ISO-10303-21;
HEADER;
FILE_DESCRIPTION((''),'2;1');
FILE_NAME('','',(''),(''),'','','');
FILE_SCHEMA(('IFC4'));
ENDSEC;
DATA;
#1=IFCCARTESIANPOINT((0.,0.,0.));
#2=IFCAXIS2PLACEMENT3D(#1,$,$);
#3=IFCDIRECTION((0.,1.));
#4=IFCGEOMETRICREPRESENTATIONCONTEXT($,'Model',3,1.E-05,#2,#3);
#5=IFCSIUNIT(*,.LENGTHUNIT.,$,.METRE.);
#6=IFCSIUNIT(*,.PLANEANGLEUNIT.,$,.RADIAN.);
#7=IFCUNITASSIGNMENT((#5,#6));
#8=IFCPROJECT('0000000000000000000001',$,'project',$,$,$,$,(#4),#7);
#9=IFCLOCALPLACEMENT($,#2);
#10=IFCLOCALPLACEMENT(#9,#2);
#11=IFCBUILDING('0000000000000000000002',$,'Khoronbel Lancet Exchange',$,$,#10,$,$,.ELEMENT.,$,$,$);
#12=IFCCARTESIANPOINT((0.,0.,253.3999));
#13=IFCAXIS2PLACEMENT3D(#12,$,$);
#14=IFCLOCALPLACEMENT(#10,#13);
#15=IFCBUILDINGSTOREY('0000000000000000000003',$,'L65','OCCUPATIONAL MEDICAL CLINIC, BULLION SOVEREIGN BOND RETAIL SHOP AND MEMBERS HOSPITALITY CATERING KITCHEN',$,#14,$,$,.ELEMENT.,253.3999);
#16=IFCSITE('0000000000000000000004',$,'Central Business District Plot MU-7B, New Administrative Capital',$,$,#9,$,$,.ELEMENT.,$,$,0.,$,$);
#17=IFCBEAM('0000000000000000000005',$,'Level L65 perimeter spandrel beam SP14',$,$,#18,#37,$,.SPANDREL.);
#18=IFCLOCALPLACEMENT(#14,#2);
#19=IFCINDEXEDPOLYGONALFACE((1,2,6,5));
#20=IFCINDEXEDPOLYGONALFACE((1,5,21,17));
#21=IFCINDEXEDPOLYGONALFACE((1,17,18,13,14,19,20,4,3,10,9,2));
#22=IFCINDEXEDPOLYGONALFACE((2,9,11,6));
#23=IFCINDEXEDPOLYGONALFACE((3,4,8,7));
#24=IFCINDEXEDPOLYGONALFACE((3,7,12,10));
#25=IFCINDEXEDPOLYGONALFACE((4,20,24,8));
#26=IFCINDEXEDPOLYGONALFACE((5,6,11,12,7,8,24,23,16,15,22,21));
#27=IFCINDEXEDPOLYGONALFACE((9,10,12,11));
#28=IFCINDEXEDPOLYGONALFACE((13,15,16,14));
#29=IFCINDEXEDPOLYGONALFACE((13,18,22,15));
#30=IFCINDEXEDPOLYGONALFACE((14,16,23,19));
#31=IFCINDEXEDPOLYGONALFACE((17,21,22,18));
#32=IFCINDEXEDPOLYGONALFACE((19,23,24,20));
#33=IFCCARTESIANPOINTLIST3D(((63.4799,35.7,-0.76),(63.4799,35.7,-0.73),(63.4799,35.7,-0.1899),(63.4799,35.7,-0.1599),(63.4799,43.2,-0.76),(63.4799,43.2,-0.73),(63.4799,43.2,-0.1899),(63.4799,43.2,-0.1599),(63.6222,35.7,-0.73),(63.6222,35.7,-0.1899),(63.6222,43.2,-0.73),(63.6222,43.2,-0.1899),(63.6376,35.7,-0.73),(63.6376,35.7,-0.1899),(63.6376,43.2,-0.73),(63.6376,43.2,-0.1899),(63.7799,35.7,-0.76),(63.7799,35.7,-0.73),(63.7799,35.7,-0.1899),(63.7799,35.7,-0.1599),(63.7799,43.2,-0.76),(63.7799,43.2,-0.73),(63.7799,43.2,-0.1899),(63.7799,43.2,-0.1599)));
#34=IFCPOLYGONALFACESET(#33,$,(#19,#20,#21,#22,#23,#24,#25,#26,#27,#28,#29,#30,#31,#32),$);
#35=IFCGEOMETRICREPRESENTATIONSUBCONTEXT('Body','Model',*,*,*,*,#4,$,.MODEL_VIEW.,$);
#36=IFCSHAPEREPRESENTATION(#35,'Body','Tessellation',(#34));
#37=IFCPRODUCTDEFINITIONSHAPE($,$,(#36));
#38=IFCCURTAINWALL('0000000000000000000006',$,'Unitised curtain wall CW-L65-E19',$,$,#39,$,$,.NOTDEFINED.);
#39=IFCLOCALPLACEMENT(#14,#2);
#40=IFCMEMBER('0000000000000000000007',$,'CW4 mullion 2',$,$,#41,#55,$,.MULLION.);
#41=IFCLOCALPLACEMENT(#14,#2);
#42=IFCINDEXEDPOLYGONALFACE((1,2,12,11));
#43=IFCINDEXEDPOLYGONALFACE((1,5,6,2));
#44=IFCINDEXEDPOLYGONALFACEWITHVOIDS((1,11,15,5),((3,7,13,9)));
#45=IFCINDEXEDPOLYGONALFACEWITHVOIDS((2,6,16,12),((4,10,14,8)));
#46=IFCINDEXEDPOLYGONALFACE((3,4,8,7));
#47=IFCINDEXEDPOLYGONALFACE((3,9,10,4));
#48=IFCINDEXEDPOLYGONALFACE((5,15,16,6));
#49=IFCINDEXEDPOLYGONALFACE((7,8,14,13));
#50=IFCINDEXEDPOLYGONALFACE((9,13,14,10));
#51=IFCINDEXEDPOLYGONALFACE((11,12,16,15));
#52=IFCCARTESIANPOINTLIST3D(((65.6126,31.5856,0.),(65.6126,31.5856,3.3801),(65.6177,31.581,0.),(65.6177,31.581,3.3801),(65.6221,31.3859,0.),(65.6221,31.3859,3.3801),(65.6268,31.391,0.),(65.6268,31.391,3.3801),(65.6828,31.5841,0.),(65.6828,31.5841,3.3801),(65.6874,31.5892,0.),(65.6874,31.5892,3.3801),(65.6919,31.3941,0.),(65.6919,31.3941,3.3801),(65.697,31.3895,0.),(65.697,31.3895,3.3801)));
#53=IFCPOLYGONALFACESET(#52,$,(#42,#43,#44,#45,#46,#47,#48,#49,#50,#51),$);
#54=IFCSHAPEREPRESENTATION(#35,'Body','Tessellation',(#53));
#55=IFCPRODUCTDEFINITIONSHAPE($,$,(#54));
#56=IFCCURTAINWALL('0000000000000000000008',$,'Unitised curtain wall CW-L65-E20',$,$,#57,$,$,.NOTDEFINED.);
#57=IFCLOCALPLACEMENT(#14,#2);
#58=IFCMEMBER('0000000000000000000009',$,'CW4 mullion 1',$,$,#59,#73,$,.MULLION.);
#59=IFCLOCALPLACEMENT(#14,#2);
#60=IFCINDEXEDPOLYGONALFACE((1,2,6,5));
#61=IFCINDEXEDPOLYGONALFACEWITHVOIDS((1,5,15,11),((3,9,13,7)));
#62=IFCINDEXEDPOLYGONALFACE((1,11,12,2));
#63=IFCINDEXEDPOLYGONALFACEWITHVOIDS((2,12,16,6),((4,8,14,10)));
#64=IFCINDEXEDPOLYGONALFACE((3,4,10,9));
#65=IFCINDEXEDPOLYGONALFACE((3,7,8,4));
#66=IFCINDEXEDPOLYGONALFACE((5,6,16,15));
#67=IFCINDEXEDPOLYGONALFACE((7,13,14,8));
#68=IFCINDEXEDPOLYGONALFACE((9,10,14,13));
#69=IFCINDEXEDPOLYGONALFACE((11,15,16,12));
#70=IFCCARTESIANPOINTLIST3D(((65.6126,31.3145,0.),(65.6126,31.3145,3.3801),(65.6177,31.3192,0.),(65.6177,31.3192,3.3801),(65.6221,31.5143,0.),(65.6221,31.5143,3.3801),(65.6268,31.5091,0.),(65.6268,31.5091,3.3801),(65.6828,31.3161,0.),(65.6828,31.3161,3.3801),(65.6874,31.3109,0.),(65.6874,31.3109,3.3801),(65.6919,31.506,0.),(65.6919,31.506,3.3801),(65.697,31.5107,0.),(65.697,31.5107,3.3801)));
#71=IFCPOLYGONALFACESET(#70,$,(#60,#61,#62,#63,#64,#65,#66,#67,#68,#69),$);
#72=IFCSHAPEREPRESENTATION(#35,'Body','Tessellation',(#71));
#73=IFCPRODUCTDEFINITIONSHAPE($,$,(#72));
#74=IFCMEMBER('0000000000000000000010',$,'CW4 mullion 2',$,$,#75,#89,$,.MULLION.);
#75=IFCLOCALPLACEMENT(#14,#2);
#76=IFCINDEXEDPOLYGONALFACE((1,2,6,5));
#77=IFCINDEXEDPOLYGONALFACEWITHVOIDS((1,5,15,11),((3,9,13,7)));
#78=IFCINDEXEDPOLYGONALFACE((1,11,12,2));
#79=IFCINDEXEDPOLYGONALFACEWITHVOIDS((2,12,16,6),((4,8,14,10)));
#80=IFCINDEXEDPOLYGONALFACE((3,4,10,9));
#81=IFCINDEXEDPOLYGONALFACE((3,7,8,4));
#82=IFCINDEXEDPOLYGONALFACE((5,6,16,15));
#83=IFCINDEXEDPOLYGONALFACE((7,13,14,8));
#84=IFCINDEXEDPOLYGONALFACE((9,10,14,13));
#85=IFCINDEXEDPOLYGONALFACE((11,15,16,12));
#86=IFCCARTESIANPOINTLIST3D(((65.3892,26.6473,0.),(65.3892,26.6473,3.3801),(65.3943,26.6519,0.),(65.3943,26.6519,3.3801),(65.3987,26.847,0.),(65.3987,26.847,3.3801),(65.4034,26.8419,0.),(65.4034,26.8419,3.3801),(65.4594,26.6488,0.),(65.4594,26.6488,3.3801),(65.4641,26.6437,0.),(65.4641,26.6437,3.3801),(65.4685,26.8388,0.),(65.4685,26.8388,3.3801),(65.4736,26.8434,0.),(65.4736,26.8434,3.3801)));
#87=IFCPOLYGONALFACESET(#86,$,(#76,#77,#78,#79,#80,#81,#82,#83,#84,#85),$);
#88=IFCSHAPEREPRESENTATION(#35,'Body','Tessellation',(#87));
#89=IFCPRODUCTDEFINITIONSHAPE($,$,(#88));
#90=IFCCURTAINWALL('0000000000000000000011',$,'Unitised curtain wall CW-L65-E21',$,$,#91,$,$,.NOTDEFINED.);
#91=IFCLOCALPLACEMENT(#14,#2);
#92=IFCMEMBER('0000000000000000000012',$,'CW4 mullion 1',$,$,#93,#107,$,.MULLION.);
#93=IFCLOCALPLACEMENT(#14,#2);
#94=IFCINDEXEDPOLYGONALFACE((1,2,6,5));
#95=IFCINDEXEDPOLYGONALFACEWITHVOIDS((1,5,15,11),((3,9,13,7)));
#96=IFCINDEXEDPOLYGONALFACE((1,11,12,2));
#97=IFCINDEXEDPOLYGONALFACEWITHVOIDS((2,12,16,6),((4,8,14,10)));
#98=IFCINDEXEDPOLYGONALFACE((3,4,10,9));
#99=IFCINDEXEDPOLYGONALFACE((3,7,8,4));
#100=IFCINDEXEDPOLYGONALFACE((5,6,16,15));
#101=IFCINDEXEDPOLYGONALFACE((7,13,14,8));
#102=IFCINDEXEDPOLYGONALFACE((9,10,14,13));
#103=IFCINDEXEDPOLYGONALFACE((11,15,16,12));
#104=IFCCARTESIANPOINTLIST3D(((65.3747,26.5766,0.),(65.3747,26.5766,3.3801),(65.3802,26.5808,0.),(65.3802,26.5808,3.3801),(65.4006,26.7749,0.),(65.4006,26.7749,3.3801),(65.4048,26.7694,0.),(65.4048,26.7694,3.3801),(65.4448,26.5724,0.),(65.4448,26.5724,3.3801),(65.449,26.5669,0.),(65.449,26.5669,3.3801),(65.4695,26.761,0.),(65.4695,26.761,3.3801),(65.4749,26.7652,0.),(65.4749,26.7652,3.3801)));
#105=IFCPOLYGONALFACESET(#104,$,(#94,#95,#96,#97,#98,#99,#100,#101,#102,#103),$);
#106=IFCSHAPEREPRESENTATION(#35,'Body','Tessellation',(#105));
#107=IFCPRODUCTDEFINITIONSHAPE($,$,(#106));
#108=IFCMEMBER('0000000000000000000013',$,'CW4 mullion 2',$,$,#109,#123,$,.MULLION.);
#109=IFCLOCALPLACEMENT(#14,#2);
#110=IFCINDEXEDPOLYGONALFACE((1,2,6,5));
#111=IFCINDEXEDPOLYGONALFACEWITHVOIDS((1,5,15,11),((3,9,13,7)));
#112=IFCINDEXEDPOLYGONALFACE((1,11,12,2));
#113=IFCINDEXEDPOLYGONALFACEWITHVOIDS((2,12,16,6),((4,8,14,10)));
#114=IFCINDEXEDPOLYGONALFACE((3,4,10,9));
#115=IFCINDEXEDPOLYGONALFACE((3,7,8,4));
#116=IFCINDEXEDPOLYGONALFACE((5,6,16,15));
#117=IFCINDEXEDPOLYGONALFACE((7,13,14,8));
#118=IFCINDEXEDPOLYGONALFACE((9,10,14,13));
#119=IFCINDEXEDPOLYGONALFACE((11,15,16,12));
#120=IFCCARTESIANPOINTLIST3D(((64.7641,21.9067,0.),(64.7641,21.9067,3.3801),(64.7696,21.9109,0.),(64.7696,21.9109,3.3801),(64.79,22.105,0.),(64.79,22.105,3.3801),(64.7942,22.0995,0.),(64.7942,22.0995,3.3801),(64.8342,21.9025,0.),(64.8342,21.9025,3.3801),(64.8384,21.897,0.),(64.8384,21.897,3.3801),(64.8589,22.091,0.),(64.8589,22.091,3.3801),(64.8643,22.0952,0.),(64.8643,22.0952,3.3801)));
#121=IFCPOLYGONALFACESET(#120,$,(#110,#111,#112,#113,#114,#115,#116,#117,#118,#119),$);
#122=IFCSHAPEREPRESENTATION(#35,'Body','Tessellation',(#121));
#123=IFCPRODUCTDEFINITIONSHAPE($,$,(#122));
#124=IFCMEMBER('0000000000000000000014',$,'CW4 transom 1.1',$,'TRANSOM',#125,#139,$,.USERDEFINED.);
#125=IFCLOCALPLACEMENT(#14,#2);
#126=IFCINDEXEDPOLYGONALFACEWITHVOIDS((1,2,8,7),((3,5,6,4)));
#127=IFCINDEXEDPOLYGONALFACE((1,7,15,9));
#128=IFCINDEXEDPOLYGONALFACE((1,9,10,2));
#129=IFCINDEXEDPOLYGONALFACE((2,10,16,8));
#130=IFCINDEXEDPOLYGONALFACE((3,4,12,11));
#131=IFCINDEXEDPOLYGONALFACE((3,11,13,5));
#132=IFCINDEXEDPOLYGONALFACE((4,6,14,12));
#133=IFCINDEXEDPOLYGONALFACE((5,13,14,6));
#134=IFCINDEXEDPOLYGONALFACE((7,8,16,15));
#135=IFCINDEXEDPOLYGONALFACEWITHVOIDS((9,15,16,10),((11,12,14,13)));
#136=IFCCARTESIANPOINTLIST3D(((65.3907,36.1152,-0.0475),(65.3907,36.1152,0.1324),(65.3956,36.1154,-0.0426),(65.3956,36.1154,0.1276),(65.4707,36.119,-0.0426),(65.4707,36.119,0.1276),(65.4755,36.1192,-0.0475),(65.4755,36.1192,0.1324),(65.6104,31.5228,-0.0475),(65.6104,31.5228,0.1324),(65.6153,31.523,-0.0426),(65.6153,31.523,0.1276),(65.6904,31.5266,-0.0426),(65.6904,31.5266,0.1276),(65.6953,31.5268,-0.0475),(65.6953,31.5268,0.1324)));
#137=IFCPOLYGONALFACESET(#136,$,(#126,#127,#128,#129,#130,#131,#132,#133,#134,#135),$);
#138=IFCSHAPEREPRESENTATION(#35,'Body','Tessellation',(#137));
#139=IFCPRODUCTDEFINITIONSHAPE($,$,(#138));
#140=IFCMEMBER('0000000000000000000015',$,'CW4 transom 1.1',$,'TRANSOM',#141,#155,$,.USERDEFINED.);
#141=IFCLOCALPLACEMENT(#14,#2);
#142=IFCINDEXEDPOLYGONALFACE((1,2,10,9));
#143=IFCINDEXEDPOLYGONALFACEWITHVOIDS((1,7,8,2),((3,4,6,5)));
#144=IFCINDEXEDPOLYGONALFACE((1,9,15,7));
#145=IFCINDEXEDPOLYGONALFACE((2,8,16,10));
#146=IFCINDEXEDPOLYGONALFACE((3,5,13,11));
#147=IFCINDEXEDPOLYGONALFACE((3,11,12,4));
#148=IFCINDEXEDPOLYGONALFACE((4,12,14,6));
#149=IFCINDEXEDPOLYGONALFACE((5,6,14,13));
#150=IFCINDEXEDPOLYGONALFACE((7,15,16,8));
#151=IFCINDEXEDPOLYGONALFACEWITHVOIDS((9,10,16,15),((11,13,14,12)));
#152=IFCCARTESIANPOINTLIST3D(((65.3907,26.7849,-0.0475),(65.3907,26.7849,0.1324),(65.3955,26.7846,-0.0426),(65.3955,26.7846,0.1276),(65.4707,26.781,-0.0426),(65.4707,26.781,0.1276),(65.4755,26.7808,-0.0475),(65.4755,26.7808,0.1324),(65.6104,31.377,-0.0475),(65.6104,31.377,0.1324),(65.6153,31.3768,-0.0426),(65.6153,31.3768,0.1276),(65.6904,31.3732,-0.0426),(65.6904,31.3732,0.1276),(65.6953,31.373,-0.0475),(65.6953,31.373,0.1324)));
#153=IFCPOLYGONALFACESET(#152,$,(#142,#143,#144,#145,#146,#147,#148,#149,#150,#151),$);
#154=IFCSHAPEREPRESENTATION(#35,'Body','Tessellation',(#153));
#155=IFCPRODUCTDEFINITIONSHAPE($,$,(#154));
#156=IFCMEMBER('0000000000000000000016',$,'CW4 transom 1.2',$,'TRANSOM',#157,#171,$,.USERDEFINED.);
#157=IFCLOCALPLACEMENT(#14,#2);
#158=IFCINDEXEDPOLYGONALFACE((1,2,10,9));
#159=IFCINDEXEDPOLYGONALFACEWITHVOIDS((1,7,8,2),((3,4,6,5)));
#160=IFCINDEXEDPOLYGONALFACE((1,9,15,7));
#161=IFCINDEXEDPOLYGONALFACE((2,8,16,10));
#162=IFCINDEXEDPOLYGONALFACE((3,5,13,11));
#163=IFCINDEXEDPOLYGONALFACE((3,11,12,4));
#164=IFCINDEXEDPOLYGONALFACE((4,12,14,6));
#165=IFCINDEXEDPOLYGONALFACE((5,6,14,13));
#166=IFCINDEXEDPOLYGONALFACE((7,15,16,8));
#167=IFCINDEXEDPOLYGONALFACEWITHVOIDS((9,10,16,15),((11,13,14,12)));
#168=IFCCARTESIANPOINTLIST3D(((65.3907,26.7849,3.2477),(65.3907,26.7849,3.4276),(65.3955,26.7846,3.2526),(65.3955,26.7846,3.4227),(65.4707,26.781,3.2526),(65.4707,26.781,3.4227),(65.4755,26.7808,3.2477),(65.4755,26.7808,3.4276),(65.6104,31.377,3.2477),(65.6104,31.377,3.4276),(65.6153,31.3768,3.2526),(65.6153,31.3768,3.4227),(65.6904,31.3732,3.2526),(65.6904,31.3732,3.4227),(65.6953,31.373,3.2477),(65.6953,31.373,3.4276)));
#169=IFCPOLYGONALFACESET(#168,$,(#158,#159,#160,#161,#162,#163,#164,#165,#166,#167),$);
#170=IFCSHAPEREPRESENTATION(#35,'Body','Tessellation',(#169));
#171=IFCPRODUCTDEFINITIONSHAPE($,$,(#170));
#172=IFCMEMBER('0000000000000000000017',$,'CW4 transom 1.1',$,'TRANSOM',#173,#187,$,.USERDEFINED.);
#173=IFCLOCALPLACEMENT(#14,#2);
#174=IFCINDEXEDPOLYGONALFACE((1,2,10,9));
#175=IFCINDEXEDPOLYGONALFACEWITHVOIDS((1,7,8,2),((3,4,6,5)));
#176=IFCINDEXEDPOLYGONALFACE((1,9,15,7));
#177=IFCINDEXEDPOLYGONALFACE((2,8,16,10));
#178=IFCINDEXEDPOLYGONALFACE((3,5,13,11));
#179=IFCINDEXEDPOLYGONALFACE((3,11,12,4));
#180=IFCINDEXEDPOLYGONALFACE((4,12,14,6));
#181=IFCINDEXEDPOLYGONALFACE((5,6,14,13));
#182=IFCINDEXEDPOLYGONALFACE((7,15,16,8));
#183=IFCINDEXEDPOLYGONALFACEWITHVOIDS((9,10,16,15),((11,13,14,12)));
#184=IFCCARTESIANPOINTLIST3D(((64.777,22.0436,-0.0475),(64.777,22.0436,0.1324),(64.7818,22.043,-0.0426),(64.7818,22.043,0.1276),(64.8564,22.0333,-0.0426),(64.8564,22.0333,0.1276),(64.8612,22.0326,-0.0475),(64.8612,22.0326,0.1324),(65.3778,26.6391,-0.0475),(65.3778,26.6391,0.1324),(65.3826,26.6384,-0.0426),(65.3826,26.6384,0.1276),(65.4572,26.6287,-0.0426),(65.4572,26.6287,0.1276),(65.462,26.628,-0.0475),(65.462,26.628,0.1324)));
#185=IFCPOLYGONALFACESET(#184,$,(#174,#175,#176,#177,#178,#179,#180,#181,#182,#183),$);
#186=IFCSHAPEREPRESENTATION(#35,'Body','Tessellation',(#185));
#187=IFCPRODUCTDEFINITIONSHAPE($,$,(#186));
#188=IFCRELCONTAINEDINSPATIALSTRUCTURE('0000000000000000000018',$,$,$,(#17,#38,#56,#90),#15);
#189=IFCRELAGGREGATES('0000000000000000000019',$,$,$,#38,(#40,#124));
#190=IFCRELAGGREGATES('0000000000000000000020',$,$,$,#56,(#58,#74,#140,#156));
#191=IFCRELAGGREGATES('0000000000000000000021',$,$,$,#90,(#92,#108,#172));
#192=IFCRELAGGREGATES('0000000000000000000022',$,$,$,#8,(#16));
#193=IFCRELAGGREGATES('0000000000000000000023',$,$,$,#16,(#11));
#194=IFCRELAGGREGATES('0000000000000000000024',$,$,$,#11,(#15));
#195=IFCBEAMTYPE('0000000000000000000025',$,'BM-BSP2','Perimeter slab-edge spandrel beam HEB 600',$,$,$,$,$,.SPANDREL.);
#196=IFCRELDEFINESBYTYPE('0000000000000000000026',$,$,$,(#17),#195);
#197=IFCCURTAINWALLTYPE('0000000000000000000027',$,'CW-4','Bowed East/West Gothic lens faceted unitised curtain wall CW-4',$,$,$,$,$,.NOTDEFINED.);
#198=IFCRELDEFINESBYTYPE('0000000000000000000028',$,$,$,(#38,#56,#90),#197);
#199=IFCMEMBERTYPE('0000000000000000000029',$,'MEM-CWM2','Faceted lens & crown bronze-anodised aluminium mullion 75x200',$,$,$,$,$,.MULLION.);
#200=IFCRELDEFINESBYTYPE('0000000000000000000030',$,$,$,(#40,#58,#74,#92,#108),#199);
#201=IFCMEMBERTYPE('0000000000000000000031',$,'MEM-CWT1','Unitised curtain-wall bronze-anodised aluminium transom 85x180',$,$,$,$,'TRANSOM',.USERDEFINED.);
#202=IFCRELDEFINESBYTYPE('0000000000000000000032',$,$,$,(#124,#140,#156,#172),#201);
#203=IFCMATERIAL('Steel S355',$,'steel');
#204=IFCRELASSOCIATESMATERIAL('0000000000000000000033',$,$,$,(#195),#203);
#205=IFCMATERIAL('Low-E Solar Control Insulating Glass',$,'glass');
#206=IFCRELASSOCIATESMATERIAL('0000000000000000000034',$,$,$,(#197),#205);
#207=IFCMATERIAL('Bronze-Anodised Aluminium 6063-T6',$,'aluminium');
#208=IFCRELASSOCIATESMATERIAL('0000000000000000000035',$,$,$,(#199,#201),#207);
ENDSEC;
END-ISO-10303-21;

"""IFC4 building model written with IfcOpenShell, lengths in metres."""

from ifc_helpers import new_model, si_unit, direction, frame, origin, origin_2d, place, context, subcontext, project, spatial, hollow_rectangle, i_section, extrude, material, material_profile, profile_set, type_object, element, aggregate, save


model = new_model("IFC4")

# Units and contexts
model_context = context("Model", 3, precision=1e-05, world=origin(), true_north=direction((0.0, 1.0)))
body_context = subcontext(model_context, "Body", "Model", "MODEL_VIEW")
ifc_project = project(units=[si_unit("LENGTHUNIT", "METRE"), si_unit("PLANEANGLEUNIT", "RADIAN")], contexts=[model_context])

# Site, building, storey
site_placement = place(None, origin())
site = spatial("IfcSite", under=ifc_project, at=site_placement, Name="Central Business District Plot MU-7B, New Administrative Capital", CompositionType="ELEMENT", RefElevation=0.0)
building_placement = place(site_placement, origin())
building = spatial("IfcBuilding", under=site, at=building_placement, Name="Khoronbel Lancet Exchange", CompositionType="ELEMENT")
storey_placement = place(building_placement, frame((0.0, 0.0, 253.3999)))
storey = spatial("IfcBuildingStorey", under=building, at=storey_placement, Name="L65", Description="OCCUPATIONAL MEDICAL CLINIC, BULLION SOVEREIGN BOND RETAIL SHOP AND MEMBERS HOSPITALITY CATERING KITCHEN", CompositionType="ELEMENT", Elevation=253.3999)

# Shared definitions
ifc_material_1 = material(Name="Steel S355", Category="steel")

# Beam
ifc_material_profile_1 = material_profile(ifc_material_1, i_section(OverallWidth=0.3, OverallDepth=0.6001, WebThickness=0.0154, FlangeThickness=0.03, at=origin_2d()), Name="HEB 600")
ifc_profile_set_1 = profile_set([ifc_material_profile_1], Name="Steel S355")
beam_type_1 = type_object("IfcBeamType", Name="BM-BSP2", Description="Perimeter slab-edge spandrel beam HEB 600", PredefinedType="SPANDREL", material=ifc_profile_set_1)
beam_1_placement = place(storey_placement, frame((63.6299, 35.7, -0.46), z_axis=(0.0, 1.0, 0.0), x_axis=(-1.0, 0.0, 0.0)))
element("IfcBeam", 1, at=beam_1_placement, inside=storey, type_object=beam_type_1, Name="Level L65 perimeter spandrel beam SP14", PredefinedType="SPANDREL", context=body_context, shape_type="SweptSolid", body=[
    extrude(i_section(OverallWidth=0.3, OverallDepth=0.6001, WebThickness=0.0154, FlangeThickness=0.03, at=origin_2d()), origin(), (0.0, 0.0, 1.0), 7.5),
])

# Curtain wall, member
ifc_material_2 = material(Name="Low-E Solar Control Insulating Glass", Category="glass")
curtain_wall_type = type_object("IfcCurtainWallType", Name="CW-4", Description="Bowed East/West Gothic lens faceted unitised curtain wall CW-4", PredefinedType="NOTDEFINED", material=ifc_material_2)
curtain_wall_1_placement = place(storey_placement, origin())
curtain_wall_1 = element("IfcCurtainWall", 2, at=curtain_wall_1_placement, inside=storey, type_object=curtain_wall_type, Name="Unitised curtain wall CW-L65-E19", PredefinedType="NOTDEFINED")
ifc_material_3 = material(Name="Bronze-Anodised Aluminium 6063-T6", Category="aluminium")
ifc_material_profile_2 = material_profile(ifc_material_3, hollow_rectangle(XDim=0.075, YDim=0.2, WallThickness=0.0049, at=origin_2d()), Name="ALU MULLION 75x200")
ifc_profile_set_2 = profile_set([ifc_material_profile_2], Name="Bronze-Anodised Aluminium 6063-T6")
member_type_1 = type_object("IfcMemberType", Name="MEM-CWM2", Description="Faceted lens & crown bronze-anodised aluminium mullion 75x200", PredefinedType="MULLION", material=ifc_profile_set_2)
member_1_placement = place(storey_placement, frame((65.6548, 31.4875, 0.0), z_axis=(0.0, 0.0, 1.0), x_axis=(0.998857, 0.047794, 0.0)))
member_1 = element("IfcMember", 3, at=member_1_placement, type_object=member_type_1, Name="CW4 mullion 2", PredefinedType="MULLION", context=body_context, shape_type="SweptSolid", body=[
    extrude(hollow_rectangle(XDim=0.075, YDim=0.2, WallThickness=0.0049, at=origin_2d()), origin(), (0.0, 0.0, 1.0), 3.3801),
])

# Curtain walls, members
curtain_wall_2_placement = place(storey_placement, origin())
curtain_wall_2 = element("IfcCurtainWall", 4, at=curtain_wall_2_placement, inside=storey, type_object=curtain_wall_type, Name="Unitised curtain wall CW-L65-E20", PredefinedType="NOTDEFINED")
member_2_placement = place(storey_placement, frame((65.6548, 31.4126, 0.0), z_axis=(0.0, 0.0, 1.0), x_axis=(0.998857, -0.047794, 0.0)))
member_2 = element("IfcMember", 5, at=member_2_placement, type_object=member_type_1, Name="CW4 mullion 1", PredefinedType="MULLION", context=body_context, shape_type="SweptSolid", body=[
    extrude(hollow_rectangle(XDim=0.075, YDim=0.2, WallThickness=0.0049, at=origin_2d()), origin(), (0.0, 0.0, 1.0), 3.3801),
])
member_3_placement = place(storey_placement, frame((65.4314, 26.7454, 0.0), z_axis=(0.0, 0.0, 1.0), x_axis=(0.998857, -0.047794, 0.0)))
member_3 = element("IfcMember", 6, at=member_3_placement, type_object=member_type_1, Name="CW4 mullion 2", PredefinedType="MULLION", context=body_context, shape_type="SweptSolid", body=[
    extrude(hollow_rectangle(XDim=0.075, YDim=0.2, WallThickness=0.0049, at=origin_2d()), origin(), (0.0, 0.0, 1.0), 3.3801),
])
curtain_wall_3_placement = place(storey_placement, origin())
curtain_wall_3 = element("IfcCurtainWall", 7, at=curtain_wall_3_placement, inside=storey, type_object=curtain_wall_type, Name="Unitised curtain wall CW-L65-E21", PredefinedType="NOTDEFINED")
member_4_placement = place(storey_placement, frame((65.4248, 26.6709, 0.0), z_axis=(0.0, 0.0, 1.0), x_axis=(0.99156, -0.129646, 0.0)))
member_4 = element("IfcMember", 8, at=member_4_placement, type_object=member_type_1, Name="CW4 mullion 1", PredefinedType="MULLION", context=body_context, shape_type="SweptSolid", body=[
    extrude(hollow_rectangle(XDim=0.075, YDim=0.2, WallThickness=0.0049, at=origin_2d()), origin(), (0.0, 0.0, 1.0), 3.3801),
])
member_5_placement = place(storey_placement, frame((64.8142, 22.001, 0.0), z_axis=(0.0, 0.0, 1.0), x_axis=(0.99156, -0.129646, 0.0)))
member_5 = element("IfcMember", 9, at=member_5_placement, type_object=member_type_1, Name="CW4 mullion 2", PredefinedType="MULLION", context=body_context, shape_type="SweptSolid", body=[
    extrude(hollow_rectangle(XDim=0.075, YDim=0.2, WallThickness=0.0049, at=origin_2d()), origin(), (0.0, 0.0, 1.0), 3.3801),
])

# Members
ifc_material_profile_3 = material_profile(ifc_material_3, hollow_rectangle(XDim=0.085, YDim=0.1799, WallThickness=0.0049, at=origin_2d()), Name="ALU TRANSOM 85x180")
ifc_profile_set_3 = profile_set([ifc_material_profile_3], Name="Bronze-Anodised Aluminium 6063-T6")
member_type_2 = type_object("IfcMemberType", Name="MEM-CWT1", Description="Unitised curtain-wall bronze-anodised aluminium transom 85x180", ElementType="TRANSOM", PredefinedType="USERDEFINED", material=ifc_profile_set_3)
member_6_placement = place(storey_placement, frame((65.4331, 36.1172, 0.0425), z_axis=(0.047792, -0.998857, 0.0), x_axis=(0.998857, 0.047792, 0.0)))
member_6 = element("IfcMember", 10, at=member_6_placement, type_object=member_type_2, Name="CW4 transom 1.1", ObjectType="TRANSOM", PredefinedType="USERDEFINED", context=body_context, shape_type="SweptSolid", body=[
    extrude(hollow_rectangle(XDim=0.085, YDim=0.1799, WallThickness=0.0049, at=origin_2d()), origin(), (0.0, 0.0, 1.0), 4.5977),
])
member_7_placement = place(storey_placement, frame((65.6528, 31.375, 0.0425), z_axis=(-0.047795, -0.998857, 0.0), x_axis=(0.998857, -0.047795, 0.0)))
member_7 = element("IfcMember", 11, at=member_7_placement, type_object=member_type_2, Name="CW4 transom 1.1", ObjectType="TRANSOM", PredefinedType="USERDEFINED", context=body_context, shape_type="SweptSolid", body=[
    extrude(hollow_rectangle(XDim=0.085, YDim=0.1799, WallThickness=0.0049, at=origin_2d()), origin(), (0.0, 0.0, 1.0), 4.5974),
])
member_8_placement = place(storey_placement, frame((65.6528, 31.375, 3.3376), z_axis=(-0.047795, -0.998857, 0.0), x_axis=(0.998857, -0.047795, 0.0)))
member_8 = element("IfcMember", 12, at=member_8_placement, type_object=member_type_2, Name="CW4 transom 1.2", ObjectType="TRANSOM", PredefinedType="USERDEFINED", context=body_context, shape_type="SweptSolid", body=[
    extrude(hollow_rectangle(XDim=0.085, YDim=0.1799, WallThickness=0.0049, at=origin_2d()), origin(), (0.0, 0.0, 1.0), 4.5974),
])
member_9_placement = place(storey_placement, frame((65.4199, 26.6335, 0.0425), z_axis=(-0.129641, -0.991561, 0.0), x_axis=(0.991561, -0.129641, 0.0)))
member_9 = element("IfcMember", 13, at=member_9_placement, type_object=member_type_2, Name="CW4 transom 1.1", ObjectType="TRANSOM", PredefinedType="USERDEFINED", context=body_context, shape_type="SweptSolid", body=[
    extrude(hollow_rectangle(XDim=0.085, YDim=0.1799, WallThickness=0.0049, at=origin_2d()), origin(), (0.0, 0.0, 1.0), 4.6345),
])

aggregate(curtain_wall_1, [member_1, member_6])
aggregate(curtain_wall_2, [member_2, member_3, member_7, member_8])
aggregate(curtain_wall_3, [member_4, member_5, member_9])

save(model, "model.ifc")
